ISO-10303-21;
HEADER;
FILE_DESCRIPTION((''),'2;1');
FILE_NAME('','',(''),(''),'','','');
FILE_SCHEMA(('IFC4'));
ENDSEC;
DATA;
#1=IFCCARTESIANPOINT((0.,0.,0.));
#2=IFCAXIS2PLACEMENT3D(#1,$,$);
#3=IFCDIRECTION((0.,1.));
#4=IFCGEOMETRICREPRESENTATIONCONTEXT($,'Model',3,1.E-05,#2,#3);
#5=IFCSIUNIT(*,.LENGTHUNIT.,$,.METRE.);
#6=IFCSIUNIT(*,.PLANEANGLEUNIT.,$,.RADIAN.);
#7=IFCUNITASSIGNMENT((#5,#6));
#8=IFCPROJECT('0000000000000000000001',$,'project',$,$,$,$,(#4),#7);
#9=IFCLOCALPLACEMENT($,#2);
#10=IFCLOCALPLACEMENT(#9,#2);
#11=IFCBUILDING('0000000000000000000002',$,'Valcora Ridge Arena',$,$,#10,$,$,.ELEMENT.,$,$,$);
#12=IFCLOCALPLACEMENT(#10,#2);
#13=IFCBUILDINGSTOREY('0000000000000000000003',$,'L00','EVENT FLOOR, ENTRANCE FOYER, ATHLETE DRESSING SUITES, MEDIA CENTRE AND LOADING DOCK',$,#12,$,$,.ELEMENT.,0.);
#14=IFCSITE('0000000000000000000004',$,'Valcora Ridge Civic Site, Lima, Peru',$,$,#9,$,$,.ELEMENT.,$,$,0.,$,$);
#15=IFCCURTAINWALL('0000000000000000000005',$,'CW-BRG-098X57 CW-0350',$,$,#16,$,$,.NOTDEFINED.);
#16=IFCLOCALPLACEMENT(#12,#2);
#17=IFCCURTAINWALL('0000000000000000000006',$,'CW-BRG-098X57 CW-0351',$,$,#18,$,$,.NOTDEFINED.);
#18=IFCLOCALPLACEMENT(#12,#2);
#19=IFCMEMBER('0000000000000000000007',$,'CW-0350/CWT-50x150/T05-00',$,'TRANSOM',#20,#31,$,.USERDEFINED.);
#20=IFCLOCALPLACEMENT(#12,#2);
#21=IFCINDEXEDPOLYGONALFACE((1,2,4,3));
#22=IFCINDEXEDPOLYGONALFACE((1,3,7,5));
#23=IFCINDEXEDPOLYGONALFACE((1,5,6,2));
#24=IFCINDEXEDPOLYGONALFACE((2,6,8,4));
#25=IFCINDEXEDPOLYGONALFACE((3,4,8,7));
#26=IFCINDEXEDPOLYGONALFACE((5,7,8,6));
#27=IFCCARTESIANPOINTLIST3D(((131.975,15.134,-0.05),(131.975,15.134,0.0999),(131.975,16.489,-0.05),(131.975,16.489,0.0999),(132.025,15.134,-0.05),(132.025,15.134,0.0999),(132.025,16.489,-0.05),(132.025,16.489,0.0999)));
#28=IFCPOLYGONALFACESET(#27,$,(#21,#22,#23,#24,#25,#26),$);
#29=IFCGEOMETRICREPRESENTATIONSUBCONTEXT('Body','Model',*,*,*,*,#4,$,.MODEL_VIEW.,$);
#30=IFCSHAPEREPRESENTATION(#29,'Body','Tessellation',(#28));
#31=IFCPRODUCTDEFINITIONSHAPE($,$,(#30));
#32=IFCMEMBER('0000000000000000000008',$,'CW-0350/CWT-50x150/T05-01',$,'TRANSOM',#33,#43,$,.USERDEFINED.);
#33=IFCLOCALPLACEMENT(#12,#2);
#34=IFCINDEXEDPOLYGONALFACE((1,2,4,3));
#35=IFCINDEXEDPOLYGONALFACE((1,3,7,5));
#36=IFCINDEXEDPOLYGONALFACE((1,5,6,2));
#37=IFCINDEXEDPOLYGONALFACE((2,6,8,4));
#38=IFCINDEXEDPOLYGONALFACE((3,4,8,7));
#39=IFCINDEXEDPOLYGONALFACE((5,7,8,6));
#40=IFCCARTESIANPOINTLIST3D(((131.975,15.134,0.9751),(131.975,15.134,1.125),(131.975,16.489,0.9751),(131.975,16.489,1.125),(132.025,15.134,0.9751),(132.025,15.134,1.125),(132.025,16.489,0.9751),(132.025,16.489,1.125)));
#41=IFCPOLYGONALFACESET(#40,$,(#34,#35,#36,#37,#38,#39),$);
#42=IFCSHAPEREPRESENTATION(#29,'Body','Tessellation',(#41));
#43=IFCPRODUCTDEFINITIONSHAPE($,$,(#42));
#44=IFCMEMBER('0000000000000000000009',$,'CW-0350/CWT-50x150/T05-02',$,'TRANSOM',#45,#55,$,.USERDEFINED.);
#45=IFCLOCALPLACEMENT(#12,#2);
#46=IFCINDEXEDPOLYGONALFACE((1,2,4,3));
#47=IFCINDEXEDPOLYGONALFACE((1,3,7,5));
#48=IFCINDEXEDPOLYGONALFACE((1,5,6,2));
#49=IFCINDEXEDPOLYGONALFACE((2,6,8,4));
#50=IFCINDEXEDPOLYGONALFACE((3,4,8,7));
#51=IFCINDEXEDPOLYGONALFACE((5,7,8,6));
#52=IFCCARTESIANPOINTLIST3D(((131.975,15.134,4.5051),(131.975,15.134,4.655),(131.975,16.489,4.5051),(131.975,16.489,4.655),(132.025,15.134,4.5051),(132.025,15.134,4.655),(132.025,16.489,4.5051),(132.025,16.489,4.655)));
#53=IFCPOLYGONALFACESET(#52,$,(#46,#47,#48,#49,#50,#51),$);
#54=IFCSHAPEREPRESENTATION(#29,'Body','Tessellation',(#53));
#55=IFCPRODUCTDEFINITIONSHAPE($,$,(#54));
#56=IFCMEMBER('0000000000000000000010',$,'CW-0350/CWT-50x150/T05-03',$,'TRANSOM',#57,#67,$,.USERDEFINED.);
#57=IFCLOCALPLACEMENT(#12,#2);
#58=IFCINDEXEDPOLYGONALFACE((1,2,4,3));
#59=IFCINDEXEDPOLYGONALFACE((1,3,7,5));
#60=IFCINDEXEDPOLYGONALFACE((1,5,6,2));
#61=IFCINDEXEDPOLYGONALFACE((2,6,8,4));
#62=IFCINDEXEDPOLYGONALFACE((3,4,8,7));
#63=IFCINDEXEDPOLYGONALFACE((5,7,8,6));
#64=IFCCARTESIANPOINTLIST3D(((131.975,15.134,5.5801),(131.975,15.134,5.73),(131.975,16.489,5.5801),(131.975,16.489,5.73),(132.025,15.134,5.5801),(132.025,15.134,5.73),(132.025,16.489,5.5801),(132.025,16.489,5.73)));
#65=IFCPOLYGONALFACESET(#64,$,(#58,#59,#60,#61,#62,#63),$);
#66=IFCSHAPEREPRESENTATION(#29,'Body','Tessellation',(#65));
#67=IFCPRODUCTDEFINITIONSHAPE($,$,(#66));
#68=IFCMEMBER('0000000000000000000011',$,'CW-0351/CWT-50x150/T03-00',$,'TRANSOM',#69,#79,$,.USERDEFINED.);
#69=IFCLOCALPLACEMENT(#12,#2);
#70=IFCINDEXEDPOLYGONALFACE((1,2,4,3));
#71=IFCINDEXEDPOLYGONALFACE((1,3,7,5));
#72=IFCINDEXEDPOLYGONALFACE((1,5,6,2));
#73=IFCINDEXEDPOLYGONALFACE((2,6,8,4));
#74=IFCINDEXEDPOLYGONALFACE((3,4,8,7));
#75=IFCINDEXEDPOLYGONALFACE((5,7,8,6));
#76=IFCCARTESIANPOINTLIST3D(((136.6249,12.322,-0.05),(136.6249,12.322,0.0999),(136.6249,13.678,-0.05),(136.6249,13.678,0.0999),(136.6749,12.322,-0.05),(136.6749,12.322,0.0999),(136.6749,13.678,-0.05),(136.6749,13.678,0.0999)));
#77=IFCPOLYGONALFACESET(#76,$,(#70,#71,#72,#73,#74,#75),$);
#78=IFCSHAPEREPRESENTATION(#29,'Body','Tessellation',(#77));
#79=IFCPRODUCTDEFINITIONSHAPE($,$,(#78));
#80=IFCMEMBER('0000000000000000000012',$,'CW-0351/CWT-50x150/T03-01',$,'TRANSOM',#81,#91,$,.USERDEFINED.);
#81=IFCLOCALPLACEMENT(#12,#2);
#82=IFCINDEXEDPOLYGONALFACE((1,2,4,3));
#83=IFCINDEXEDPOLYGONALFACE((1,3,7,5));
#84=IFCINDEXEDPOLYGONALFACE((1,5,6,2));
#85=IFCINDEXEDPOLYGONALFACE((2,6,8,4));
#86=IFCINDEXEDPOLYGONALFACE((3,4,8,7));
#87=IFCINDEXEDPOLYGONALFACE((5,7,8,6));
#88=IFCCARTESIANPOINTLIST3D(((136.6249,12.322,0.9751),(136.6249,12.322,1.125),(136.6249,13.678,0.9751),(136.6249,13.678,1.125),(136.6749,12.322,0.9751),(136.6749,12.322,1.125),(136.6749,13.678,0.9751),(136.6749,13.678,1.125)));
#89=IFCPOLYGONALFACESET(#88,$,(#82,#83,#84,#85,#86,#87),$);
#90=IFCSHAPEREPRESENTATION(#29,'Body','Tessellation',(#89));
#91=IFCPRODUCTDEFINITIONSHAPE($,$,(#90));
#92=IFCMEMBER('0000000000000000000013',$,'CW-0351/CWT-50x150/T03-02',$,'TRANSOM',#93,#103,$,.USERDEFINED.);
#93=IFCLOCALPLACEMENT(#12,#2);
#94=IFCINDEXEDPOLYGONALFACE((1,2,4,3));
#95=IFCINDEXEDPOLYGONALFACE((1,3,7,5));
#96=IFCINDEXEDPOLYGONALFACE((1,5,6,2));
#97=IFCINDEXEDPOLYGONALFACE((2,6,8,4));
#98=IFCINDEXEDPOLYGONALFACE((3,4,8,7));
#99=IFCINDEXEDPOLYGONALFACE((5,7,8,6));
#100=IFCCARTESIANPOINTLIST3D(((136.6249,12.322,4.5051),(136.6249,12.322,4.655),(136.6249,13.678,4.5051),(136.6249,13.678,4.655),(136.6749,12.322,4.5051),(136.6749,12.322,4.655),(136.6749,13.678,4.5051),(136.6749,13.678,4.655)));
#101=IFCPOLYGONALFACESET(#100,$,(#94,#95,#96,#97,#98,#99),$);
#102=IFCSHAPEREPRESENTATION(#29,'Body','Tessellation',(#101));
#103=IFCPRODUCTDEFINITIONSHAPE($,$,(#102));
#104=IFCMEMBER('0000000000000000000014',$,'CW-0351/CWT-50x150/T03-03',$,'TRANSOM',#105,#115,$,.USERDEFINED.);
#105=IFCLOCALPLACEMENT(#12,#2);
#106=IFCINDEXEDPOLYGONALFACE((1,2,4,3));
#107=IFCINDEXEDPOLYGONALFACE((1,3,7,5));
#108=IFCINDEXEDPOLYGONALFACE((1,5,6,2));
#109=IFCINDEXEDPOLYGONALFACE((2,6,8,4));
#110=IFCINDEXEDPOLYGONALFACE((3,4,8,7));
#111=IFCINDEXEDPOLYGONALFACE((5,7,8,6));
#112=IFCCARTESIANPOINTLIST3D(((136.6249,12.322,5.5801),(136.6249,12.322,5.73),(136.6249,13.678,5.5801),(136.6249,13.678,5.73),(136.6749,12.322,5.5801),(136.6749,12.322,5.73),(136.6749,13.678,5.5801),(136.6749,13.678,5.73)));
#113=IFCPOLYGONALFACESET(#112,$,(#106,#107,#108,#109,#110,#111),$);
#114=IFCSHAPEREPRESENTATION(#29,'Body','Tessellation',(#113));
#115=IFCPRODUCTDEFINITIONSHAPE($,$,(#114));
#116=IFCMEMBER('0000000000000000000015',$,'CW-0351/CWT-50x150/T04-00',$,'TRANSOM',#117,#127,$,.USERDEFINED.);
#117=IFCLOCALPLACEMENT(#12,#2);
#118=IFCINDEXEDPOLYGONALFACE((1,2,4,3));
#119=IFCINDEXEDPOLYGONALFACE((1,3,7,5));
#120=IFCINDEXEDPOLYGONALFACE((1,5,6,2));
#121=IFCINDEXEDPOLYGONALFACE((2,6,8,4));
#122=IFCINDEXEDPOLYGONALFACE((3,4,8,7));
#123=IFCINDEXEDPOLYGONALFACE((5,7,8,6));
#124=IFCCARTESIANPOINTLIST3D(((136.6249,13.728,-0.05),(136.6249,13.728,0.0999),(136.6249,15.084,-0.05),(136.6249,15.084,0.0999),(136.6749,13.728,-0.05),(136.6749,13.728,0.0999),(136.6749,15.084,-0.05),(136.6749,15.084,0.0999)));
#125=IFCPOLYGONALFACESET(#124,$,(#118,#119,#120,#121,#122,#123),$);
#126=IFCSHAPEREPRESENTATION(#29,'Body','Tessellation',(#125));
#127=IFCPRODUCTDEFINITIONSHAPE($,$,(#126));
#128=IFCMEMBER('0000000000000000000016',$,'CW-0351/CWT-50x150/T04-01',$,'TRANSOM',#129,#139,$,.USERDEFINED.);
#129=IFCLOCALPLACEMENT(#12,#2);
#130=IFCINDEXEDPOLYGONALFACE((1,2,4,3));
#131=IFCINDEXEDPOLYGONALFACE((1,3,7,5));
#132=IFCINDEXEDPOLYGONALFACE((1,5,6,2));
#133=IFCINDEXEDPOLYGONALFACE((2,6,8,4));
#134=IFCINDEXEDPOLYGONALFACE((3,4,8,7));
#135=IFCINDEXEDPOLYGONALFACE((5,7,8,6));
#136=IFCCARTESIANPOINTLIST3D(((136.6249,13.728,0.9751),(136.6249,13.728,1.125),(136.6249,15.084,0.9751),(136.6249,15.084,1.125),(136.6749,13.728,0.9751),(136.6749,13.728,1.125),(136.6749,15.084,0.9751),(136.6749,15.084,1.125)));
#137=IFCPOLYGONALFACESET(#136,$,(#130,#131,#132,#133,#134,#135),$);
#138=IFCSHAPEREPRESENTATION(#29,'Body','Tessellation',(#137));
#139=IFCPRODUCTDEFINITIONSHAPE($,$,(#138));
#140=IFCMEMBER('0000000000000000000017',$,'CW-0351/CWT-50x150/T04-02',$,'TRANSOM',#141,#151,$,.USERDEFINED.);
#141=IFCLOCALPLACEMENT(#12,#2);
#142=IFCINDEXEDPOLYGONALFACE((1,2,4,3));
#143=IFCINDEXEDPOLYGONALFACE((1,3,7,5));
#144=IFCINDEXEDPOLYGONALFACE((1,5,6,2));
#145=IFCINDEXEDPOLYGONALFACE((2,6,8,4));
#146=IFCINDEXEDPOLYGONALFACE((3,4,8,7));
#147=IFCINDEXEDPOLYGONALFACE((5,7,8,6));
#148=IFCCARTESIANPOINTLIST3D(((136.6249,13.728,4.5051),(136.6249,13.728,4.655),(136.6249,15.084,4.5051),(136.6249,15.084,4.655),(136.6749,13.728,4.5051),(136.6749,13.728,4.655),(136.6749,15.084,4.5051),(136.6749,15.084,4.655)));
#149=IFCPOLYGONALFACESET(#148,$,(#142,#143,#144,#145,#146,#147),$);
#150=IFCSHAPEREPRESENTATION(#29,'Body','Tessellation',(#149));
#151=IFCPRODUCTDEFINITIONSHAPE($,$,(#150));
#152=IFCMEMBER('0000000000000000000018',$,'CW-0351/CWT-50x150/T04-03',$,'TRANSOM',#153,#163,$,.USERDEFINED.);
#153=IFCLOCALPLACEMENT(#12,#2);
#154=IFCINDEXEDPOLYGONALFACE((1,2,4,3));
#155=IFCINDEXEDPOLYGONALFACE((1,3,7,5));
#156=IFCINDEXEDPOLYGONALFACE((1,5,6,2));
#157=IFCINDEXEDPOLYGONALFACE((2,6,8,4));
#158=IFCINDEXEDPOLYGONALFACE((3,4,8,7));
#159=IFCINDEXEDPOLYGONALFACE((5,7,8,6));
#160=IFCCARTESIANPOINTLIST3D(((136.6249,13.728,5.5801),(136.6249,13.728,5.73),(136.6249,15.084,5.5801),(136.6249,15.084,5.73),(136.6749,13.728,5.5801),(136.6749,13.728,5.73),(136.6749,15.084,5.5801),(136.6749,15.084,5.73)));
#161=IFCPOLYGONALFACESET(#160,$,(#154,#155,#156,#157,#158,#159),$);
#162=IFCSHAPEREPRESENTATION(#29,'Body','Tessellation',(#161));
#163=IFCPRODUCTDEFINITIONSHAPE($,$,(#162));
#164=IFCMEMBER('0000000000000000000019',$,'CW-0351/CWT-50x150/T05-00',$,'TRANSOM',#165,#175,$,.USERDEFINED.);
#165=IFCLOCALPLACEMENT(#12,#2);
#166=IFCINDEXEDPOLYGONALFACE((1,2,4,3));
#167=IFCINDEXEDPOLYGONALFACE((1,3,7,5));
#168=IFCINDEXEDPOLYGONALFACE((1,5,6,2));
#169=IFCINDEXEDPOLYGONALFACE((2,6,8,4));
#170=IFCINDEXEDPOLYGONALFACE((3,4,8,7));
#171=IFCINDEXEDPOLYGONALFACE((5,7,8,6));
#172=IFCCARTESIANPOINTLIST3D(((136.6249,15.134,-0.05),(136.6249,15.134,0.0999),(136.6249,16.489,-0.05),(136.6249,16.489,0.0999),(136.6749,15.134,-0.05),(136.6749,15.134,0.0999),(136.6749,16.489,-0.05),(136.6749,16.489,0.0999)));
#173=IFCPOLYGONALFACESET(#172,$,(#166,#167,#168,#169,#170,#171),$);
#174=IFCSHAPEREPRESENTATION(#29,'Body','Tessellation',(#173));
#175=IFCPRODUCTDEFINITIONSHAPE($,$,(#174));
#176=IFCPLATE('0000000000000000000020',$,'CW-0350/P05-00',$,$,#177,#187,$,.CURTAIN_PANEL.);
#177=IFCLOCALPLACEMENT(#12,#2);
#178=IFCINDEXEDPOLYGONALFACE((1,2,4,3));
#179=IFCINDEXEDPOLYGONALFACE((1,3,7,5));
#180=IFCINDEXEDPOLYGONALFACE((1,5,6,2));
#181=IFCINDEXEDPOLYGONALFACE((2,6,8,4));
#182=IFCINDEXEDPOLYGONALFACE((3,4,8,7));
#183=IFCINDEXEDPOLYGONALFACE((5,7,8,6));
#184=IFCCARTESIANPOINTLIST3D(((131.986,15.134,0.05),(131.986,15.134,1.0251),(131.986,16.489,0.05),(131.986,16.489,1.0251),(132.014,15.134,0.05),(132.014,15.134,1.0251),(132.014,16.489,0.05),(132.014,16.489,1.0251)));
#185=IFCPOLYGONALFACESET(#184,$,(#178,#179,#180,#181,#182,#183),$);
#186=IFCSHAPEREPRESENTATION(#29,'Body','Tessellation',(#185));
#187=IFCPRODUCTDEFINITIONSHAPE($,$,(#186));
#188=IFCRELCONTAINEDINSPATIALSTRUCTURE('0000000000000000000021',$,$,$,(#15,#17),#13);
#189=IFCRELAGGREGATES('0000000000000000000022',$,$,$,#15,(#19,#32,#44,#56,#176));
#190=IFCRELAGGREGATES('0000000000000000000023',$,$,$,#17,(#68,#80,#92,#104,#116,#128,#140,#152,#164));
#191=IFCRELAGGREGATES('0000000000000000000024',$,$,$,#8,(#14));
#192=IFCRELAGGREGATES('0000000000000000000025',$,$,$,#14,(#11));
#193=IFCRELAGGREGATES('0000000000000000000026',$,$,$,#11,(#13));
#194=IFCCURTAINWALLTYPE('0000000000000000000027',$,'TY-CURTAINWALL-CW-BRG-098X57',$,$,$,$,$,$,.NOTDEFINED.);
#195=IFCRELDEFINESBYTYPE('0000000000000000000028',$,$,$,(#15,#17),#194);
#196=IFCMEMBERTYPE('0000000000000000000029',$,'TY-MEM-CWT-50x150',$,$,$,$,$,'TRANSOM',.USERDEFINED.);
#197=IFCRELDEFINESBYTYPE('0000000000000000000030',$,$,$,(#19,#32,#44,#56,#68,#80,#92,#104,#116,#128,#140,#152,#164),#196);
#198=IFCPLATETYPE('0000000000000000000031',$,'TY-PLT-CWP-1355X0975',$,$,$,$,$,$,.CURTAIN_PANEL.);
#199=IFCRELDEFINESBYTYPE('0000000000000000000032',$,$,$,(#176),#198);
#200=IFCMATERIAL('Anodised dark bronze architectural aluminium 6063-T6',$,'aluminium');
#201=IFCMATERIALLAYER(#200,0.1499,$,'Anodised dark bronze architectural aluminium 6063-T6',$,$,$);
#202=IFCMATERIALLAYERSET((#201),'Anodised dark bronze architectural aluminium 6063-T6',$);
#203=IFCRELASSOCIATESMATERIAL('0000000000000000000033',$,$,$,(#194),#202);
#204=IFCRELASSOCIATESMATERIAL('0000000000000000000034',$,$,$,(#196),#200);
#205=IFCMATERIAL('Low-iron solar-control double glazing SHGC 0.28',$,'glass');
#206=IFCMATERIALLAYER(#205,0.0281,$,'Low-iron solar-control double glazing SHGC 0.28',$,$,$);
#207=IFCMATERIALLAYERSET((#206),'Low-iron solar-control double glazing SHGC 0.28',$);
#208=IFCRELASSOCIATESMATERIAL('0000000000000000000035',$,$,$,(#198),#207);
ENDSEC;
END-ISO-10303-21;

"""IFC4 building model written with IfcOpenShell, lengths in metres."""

from ifc_helpers import new_model, si_unit, direction, frame, origin, origin_2d, place, context, subcontext, project, spatial, rectangle, extrude, material, layer, layer_set, material_profile, profile_set, type_object, element, aggregate, save


model = new_model("IFC4")

# Units and contexts
model_context = context("Model", 3, precision=1e-05, world=origin(), true_north=direction((0.0, 1.0)))
body_context = subcontext(model_context, "Body", "Model", "MODEL_VIEW")
ifc_project = project(units=[si_unit("LENGTHUNIT", "METRE"), si_unit("PLANEANGLEUNIT", "RADIAN")], contexts=[model_context])

# Site, building, storey
site_placement = place(None, origin())
site = spatial("IfcSite", under=ifc_project, at=site_placement, Name="Valcora Ridge Civic Site, Lima, Peru", CompositionType="ELEMENT", RefElevation=0.0)
building_placement = place(site_placement, origin())
building = spatial("IfcBuilding", under=site, at=building_placement, Name="Valcora Ridge Arena", CompositionType="ELEMENT")
storey_placement = place(building_placement, origin())
storey = spatial("IfcBuildingStorey", under=building, at=storey_placement, Name="L00", Description="EVENT FLOOR, ENTRANCE FOYER, ATHLETE DRESSING SUITES, MEDIA CENTRE AND LOADING DOCK", CompositionType="ELEMENT", Elevation=0.0)

# Curtain walls
ifc_material_1 = material(Name="Anodised dark bronze architectural aluminium 6063-T6", Category="aluminium")
ifc_layer_1 = layer(ifc_material_1, 0.1499, Name="Anodised dark bronze architectural aluminium 6063-T6")
ifc_layer_set_1 = layer_set([ifc_layer_1], Name="Anodised dark bronze architectural aluminium 6063-T6")
curtain_wall_type = type_object("IfcCurtainWallType", Name="TY-CURTAINWALL-CW-BRG-098X57", PredefinedType="NOTDEFINED", material=ifc_layer_set_1)
curtain_wall_1_placement = place(storey_placement, origin())
curtain_wall_1 = element("IfcCurtainWall", 1, at=curtain_wall_1_placement, inside=storey, type_object=curtain_wall_type, Name="CW-BRG-098X57 CW-0350", PredefinedType="NOTDEFINED")
curtain_wall_2_placement = place(storey_placement, origin())
curtain_wall_2 = element("IfcCurtainWall", 2, at=curtain_wall_2_placement, inside=storey, type_object=curtain_wall_type, Name="CW-BRG-098X57 CW-0351", PredefinedType="NOTDEFINED")

# Members
ifc_material_profile_1 = material_profile(ifc_material_1, rectangle(XDim=0.05, YDim=0.1499, at=origin_2d()), Name="ALU TRANSOM 50x150")
ifc_profile_set_1 = profile_set([ifc_material_profile_1], Name="Anodised dark bronze architectural aluminium 6063-T6")
member_type_1 = type_object("IfcMemberType", Name="TY-MEM-CWT-50x150", ElementType="TRANSOM", PredefinedType="USERDEFINED", material=ifc_profile_set_1)
member_1_placement = place(storey_placement, frame((132.0, 15.134, 0.0249), z_axis=(0.0, 1.0, 0.0), x_axis=(-1.0, 0.0, 0.0)))
member_1 = element("IfcMember", 3, at=member_1_placement, type_object=member_type_1, Name="CW-0350/CWT-50x150/T05-00", ObjectType="TRANSOM", PredefinedType="USERDEFINED", context=body_context, shape_type="SweptSolid", body=[
    extrude(rectangle(XDim=0.05, YDim=0.1499, at=origin_2d()), origin(), (0.0, 0.0, 1.0), 1.355),
])
member_2_placement = place(storey_placement, frame((132.0, 15.134, 1.05), z_axis=(0.0, 1.0, 0.0), x_axis=(-1.0, 0.0, 0.0)))
member_2 = element("IfcMember", 4, at=member_2_placement, type_object=member_type_1, Name="CW-0350/CWT-50x150/T05-01", ObjectType="TRANSOM", PredefinedType="USERDEFINED", context=body_context, shape_type="SweptSolid", body=[
    extrude(rectangle(XDim=0.05, YDim=0.1499, at=origin_2d()), origin(), (0.0, 0.0, 1.0), 1.355),
])
member_3_placement = place(storey_placement, frame((132.0, 15.134, 4.5801), z_axis=(0.0, 1.0, 0.0), x_axis=(-1.0, 0.0, 0.0)))
member_3 = element("IfcMember", 5, at=member_3_placement, type_object=member_type_1, Name="CW-0350/CWT-50x150/T05-02", ObjectType="TRANSOM", PredefinedType="USERDEFINED", context=body_context, shape_type="SweptSolid", body=[
    extrude(rectangle(XDim=0.05, YDim=0.1499, at=origin_2d()), origin(), (0.0, 0.0, 1.0), 1.355),
])
member_4_placement = place(storey_placement, frame((132.0, 15.134, 5.655), z_axis=(0.0, 1.0, 0.0), x_axis=(-1.0, 0.0, 0.0)))
member_4 = element("IfcMember", 6, at=member_4_placement, type_object=member_type_1, Name="CW-0350/CWT-50x150/T05-03", ObjectType="TRANSOM", PredefinedType="USERDEFINED", context=body_context, shape_type="SweptSolid", body=[
    extrude(rectangle(XDim=0.05, YDim=0.1499, at=origin_2d()), origin(), (0.0, 0.0, 1.0), 1.355),
])
member_5_placement = place(storey_placement, frame((136.6499, 12.322, 0.0249), z_axis=(0.0, 1.0, 0.0), x_axis=(-1.0, 0.0, 0.0)))
member_5 = element("IfcMember", 7, at=member_5_placement, type_object=member_type_1, Name="CW-0351/CWT-50x150/T03-00", ObjectType="TRANSOM", PredefinedType="USERDEFINED", context=body_context, shape_type="SweptSolid", body=[
    extrude(rectangle(XDim=0.05, YDim=0.1499, at=origin_2d()), origin(), (0.0, 0.0, 1.0), 1.356),
])
member_6_placement = place(storey_placement, frame((136.6499, 12.322, 1.05), z_axis=(0.0, 1.0, 0.0), x_axis=(-1.0, 0.0, 0.0)))
member_6 = element("IfcMember", 8, at=member_6_placement, type_object=member_type_1, Name="CW-0351/CWT-50x150/T03-01", ObjectType="TRANSOM", PredefinedType="USERDEFINED", context=body_context, shape_type="SweptSolid", body=[
    extrude(rectangle(XDim=0.05, YDim=0.1499, at=origin_2d()), origin(), (0.0, 0.0, 1.0), 1.356),
])
member_7_placement = place(storey_placement, frame((136.6499, 12.322, 4.5801), z_axis=(0.0, 1.0, 0.0), x_axis=(-1.0, 0.0, 0.0)))
member_7 = element("IfcMember", 9, at=member_7_placement, type_object=member_type_1, Name="CW-0351/CWT-50x150/T03-02", ObjectType="TRANSOM", PredefinedType="USERDEFINED", context=body_context, shape_type="SweptSolid", body=[
    extrude(rectangle(XDim=0.05, YDim=0.1499, at=origin_2d()), origin(), (0.0, 0.0, 1.0), 1.356),
])
member_8_placement = place(storey_placement, frame((136.6499, 12.322, 5.655), z_axis=(0.0, 1.0, 0.0), x_axis=(-1.0, 0.0, 0.0)))
member_8 = element("IfcMember", 10, at=member_8_placement, type_object=member_type_1, Name="CW-0351/CWT-50x150/T03-03", ObjectType="TRANSOM", PredefinedType="USERDEFINED", context=body_context, shape_type="SweptSolid", body=[
    extrude(rectangle(XDim=0.05, YDim=0.1499, at=origin_2d()), origin(), (0.0, 0.0, 1.0), 1.356),
])
member_9_placement = place(storey_placement, frame((136.6499, 13.728, 0.0249), z_axis=(0.0, 1.0, 0.0), x_axis=(-1.0, 0.0, 0.0)))
member_9 = element("IfcMember", 11, at=member_9_placement, type_object=member_type_1, Name="CW-0351/CWT-50x150/T04-00", ObjectType="TRANSOM", PredefinedType="USERDEFINED", context=body_context, shape_type="SweptSolid", body=[
    extrude(rectangle(XDim=0.05, YDim=0.1499, at=origin_2d()), origin(), (0.0, 0.0, 1.0), 1.356),
])
member_10_placement = place(storey_placement, frame((136.6499, 13.728, 1.05), z_axis=(0.0, 1.0, 0.0), x_axis=(-1.0, 0.0, 0.0)))
member_10 = element("IfcMember", 12, at=member_10_placement, type_object=member_type_1, Name="CW-0351/CWT-50x150/T04-01", ObjectType="TRANSOM", PredefinedType="USERDEFINED", context=body_context, shape_type="SweptSolid", body=[
    extrude(rectangle(XDim=0.05, YDim=0.1499, at=origin_2d()), origin(), (0.0, 0.0, 1.0), 1.356),
])
member_11_placement = place(storey_placement, frame((136.6499, 13.728, 4.5801), z_axis=(0.0, 1.0, 0.0), x_axis=(-1.0, 0.0, 0.0)))
member_11 = element("IfcMember", 13, at=member_11_placement, type_object=member_type_1, Name="CW-0351/CWT-50x150/T04-02", ObjectType="TRANSOM", PredefinedType="USERDEFINED", context=body_context, shape_type="SweptSolid", body=[
    extrude(rectangle(XDim=0.05, YDim=0.1499, at=origin_2d()), origin(), (0.0, 0.0, 1.0), 1.356),
])
member_12_placement = place(storey_placement, frame((136.6499, 13.728, 5.655), z_axis=(0.0, 1.0, 0.0), x_axis=(-1.0, 0.0, 0.0)))
member_12 = element("IfcMember", 14, at=member_12_placement, type_object=member_type_1, Name="CW-0351/CWT-50x150/T04-03", ObjectType="TRANSOM", PredefinedType="USERDEFINED", context=body_context, shape_type="SweptSolid", body=[
    extrude(rectangle(XDim=0.05, YDim=0.1499, at=origin_2d()), origin(), (0.0, 0.0, 1.0), 1.356),
])
member_13_placement = place(storey_placement, frame((136.6499, 15.134, 0.0249), z_axis=(0.0, 1.0, 0.0), x_axis=(-1.0, 0.0, 0.0)))
member_13 = element("IfcMember", 15, at=member_13_placement, type_object=member_type_1, Name="CW-0351/CWT-50x150/T05-00", ObjectType="TRANSOM", PredefinedType="USERDEFINED", context=body_context, shape_type="SweptSolid", body=[
    extrude(rectangle(XDim=0.05, YDim=0.1499, at=origin_2d()), origin(), (0.0, 0.0, 1.0), 1.355),
])

# Plate
ifc_material_2 = material(Name="Low-iron solar-control double glazing SHGC 0.28", Category="glass")
ifc_layer_2 = layer(ifc_material_2, 0.0281, Name="Low-iron solar-control double glazing SHGC 0.28")
ifc_layer_set_2 = layer_set([ifc_layer_2], Name="Low-iron solar-control double glazing SHGC 0.28")
plate_type_1 = type_object("IfcPlateType", Name="TY-PLT-CWP-1355X0975", PredefinedType="CURTAIN_PANEL", material=ifc_layer_set_2)
plate_1_placement = place(storey_placement, frame((132.0, 15.8115, 0.05), z_axis=(0.0, 0.0, 1.0), x_axis=(0.0, 1.0, 0.0)))
plate_1 = element("IfcPlate", 16, at=plate_1_placement, type_object=plate_type_1, Name="CW-0350/P05-00", PredefinedType="CURTAIN_PANEL", context=body_context, shape_type="SweptSolid", body=[
    extrude(rectangle(XDim=1.355, YDim=0.0281, at=origin_2d()), origin(), (0.0, 0.0, 1.0), 0.9751),
])
aggregate(curtain_wall_1, [member_1, member_2, member_3, member_4, plate_1])
aggregate(curtain_wall_2, [member_5, member_6, member_7, member_8, member_9, member_10, member_11, member_12, member_13])

save(model, "model.ifc")
